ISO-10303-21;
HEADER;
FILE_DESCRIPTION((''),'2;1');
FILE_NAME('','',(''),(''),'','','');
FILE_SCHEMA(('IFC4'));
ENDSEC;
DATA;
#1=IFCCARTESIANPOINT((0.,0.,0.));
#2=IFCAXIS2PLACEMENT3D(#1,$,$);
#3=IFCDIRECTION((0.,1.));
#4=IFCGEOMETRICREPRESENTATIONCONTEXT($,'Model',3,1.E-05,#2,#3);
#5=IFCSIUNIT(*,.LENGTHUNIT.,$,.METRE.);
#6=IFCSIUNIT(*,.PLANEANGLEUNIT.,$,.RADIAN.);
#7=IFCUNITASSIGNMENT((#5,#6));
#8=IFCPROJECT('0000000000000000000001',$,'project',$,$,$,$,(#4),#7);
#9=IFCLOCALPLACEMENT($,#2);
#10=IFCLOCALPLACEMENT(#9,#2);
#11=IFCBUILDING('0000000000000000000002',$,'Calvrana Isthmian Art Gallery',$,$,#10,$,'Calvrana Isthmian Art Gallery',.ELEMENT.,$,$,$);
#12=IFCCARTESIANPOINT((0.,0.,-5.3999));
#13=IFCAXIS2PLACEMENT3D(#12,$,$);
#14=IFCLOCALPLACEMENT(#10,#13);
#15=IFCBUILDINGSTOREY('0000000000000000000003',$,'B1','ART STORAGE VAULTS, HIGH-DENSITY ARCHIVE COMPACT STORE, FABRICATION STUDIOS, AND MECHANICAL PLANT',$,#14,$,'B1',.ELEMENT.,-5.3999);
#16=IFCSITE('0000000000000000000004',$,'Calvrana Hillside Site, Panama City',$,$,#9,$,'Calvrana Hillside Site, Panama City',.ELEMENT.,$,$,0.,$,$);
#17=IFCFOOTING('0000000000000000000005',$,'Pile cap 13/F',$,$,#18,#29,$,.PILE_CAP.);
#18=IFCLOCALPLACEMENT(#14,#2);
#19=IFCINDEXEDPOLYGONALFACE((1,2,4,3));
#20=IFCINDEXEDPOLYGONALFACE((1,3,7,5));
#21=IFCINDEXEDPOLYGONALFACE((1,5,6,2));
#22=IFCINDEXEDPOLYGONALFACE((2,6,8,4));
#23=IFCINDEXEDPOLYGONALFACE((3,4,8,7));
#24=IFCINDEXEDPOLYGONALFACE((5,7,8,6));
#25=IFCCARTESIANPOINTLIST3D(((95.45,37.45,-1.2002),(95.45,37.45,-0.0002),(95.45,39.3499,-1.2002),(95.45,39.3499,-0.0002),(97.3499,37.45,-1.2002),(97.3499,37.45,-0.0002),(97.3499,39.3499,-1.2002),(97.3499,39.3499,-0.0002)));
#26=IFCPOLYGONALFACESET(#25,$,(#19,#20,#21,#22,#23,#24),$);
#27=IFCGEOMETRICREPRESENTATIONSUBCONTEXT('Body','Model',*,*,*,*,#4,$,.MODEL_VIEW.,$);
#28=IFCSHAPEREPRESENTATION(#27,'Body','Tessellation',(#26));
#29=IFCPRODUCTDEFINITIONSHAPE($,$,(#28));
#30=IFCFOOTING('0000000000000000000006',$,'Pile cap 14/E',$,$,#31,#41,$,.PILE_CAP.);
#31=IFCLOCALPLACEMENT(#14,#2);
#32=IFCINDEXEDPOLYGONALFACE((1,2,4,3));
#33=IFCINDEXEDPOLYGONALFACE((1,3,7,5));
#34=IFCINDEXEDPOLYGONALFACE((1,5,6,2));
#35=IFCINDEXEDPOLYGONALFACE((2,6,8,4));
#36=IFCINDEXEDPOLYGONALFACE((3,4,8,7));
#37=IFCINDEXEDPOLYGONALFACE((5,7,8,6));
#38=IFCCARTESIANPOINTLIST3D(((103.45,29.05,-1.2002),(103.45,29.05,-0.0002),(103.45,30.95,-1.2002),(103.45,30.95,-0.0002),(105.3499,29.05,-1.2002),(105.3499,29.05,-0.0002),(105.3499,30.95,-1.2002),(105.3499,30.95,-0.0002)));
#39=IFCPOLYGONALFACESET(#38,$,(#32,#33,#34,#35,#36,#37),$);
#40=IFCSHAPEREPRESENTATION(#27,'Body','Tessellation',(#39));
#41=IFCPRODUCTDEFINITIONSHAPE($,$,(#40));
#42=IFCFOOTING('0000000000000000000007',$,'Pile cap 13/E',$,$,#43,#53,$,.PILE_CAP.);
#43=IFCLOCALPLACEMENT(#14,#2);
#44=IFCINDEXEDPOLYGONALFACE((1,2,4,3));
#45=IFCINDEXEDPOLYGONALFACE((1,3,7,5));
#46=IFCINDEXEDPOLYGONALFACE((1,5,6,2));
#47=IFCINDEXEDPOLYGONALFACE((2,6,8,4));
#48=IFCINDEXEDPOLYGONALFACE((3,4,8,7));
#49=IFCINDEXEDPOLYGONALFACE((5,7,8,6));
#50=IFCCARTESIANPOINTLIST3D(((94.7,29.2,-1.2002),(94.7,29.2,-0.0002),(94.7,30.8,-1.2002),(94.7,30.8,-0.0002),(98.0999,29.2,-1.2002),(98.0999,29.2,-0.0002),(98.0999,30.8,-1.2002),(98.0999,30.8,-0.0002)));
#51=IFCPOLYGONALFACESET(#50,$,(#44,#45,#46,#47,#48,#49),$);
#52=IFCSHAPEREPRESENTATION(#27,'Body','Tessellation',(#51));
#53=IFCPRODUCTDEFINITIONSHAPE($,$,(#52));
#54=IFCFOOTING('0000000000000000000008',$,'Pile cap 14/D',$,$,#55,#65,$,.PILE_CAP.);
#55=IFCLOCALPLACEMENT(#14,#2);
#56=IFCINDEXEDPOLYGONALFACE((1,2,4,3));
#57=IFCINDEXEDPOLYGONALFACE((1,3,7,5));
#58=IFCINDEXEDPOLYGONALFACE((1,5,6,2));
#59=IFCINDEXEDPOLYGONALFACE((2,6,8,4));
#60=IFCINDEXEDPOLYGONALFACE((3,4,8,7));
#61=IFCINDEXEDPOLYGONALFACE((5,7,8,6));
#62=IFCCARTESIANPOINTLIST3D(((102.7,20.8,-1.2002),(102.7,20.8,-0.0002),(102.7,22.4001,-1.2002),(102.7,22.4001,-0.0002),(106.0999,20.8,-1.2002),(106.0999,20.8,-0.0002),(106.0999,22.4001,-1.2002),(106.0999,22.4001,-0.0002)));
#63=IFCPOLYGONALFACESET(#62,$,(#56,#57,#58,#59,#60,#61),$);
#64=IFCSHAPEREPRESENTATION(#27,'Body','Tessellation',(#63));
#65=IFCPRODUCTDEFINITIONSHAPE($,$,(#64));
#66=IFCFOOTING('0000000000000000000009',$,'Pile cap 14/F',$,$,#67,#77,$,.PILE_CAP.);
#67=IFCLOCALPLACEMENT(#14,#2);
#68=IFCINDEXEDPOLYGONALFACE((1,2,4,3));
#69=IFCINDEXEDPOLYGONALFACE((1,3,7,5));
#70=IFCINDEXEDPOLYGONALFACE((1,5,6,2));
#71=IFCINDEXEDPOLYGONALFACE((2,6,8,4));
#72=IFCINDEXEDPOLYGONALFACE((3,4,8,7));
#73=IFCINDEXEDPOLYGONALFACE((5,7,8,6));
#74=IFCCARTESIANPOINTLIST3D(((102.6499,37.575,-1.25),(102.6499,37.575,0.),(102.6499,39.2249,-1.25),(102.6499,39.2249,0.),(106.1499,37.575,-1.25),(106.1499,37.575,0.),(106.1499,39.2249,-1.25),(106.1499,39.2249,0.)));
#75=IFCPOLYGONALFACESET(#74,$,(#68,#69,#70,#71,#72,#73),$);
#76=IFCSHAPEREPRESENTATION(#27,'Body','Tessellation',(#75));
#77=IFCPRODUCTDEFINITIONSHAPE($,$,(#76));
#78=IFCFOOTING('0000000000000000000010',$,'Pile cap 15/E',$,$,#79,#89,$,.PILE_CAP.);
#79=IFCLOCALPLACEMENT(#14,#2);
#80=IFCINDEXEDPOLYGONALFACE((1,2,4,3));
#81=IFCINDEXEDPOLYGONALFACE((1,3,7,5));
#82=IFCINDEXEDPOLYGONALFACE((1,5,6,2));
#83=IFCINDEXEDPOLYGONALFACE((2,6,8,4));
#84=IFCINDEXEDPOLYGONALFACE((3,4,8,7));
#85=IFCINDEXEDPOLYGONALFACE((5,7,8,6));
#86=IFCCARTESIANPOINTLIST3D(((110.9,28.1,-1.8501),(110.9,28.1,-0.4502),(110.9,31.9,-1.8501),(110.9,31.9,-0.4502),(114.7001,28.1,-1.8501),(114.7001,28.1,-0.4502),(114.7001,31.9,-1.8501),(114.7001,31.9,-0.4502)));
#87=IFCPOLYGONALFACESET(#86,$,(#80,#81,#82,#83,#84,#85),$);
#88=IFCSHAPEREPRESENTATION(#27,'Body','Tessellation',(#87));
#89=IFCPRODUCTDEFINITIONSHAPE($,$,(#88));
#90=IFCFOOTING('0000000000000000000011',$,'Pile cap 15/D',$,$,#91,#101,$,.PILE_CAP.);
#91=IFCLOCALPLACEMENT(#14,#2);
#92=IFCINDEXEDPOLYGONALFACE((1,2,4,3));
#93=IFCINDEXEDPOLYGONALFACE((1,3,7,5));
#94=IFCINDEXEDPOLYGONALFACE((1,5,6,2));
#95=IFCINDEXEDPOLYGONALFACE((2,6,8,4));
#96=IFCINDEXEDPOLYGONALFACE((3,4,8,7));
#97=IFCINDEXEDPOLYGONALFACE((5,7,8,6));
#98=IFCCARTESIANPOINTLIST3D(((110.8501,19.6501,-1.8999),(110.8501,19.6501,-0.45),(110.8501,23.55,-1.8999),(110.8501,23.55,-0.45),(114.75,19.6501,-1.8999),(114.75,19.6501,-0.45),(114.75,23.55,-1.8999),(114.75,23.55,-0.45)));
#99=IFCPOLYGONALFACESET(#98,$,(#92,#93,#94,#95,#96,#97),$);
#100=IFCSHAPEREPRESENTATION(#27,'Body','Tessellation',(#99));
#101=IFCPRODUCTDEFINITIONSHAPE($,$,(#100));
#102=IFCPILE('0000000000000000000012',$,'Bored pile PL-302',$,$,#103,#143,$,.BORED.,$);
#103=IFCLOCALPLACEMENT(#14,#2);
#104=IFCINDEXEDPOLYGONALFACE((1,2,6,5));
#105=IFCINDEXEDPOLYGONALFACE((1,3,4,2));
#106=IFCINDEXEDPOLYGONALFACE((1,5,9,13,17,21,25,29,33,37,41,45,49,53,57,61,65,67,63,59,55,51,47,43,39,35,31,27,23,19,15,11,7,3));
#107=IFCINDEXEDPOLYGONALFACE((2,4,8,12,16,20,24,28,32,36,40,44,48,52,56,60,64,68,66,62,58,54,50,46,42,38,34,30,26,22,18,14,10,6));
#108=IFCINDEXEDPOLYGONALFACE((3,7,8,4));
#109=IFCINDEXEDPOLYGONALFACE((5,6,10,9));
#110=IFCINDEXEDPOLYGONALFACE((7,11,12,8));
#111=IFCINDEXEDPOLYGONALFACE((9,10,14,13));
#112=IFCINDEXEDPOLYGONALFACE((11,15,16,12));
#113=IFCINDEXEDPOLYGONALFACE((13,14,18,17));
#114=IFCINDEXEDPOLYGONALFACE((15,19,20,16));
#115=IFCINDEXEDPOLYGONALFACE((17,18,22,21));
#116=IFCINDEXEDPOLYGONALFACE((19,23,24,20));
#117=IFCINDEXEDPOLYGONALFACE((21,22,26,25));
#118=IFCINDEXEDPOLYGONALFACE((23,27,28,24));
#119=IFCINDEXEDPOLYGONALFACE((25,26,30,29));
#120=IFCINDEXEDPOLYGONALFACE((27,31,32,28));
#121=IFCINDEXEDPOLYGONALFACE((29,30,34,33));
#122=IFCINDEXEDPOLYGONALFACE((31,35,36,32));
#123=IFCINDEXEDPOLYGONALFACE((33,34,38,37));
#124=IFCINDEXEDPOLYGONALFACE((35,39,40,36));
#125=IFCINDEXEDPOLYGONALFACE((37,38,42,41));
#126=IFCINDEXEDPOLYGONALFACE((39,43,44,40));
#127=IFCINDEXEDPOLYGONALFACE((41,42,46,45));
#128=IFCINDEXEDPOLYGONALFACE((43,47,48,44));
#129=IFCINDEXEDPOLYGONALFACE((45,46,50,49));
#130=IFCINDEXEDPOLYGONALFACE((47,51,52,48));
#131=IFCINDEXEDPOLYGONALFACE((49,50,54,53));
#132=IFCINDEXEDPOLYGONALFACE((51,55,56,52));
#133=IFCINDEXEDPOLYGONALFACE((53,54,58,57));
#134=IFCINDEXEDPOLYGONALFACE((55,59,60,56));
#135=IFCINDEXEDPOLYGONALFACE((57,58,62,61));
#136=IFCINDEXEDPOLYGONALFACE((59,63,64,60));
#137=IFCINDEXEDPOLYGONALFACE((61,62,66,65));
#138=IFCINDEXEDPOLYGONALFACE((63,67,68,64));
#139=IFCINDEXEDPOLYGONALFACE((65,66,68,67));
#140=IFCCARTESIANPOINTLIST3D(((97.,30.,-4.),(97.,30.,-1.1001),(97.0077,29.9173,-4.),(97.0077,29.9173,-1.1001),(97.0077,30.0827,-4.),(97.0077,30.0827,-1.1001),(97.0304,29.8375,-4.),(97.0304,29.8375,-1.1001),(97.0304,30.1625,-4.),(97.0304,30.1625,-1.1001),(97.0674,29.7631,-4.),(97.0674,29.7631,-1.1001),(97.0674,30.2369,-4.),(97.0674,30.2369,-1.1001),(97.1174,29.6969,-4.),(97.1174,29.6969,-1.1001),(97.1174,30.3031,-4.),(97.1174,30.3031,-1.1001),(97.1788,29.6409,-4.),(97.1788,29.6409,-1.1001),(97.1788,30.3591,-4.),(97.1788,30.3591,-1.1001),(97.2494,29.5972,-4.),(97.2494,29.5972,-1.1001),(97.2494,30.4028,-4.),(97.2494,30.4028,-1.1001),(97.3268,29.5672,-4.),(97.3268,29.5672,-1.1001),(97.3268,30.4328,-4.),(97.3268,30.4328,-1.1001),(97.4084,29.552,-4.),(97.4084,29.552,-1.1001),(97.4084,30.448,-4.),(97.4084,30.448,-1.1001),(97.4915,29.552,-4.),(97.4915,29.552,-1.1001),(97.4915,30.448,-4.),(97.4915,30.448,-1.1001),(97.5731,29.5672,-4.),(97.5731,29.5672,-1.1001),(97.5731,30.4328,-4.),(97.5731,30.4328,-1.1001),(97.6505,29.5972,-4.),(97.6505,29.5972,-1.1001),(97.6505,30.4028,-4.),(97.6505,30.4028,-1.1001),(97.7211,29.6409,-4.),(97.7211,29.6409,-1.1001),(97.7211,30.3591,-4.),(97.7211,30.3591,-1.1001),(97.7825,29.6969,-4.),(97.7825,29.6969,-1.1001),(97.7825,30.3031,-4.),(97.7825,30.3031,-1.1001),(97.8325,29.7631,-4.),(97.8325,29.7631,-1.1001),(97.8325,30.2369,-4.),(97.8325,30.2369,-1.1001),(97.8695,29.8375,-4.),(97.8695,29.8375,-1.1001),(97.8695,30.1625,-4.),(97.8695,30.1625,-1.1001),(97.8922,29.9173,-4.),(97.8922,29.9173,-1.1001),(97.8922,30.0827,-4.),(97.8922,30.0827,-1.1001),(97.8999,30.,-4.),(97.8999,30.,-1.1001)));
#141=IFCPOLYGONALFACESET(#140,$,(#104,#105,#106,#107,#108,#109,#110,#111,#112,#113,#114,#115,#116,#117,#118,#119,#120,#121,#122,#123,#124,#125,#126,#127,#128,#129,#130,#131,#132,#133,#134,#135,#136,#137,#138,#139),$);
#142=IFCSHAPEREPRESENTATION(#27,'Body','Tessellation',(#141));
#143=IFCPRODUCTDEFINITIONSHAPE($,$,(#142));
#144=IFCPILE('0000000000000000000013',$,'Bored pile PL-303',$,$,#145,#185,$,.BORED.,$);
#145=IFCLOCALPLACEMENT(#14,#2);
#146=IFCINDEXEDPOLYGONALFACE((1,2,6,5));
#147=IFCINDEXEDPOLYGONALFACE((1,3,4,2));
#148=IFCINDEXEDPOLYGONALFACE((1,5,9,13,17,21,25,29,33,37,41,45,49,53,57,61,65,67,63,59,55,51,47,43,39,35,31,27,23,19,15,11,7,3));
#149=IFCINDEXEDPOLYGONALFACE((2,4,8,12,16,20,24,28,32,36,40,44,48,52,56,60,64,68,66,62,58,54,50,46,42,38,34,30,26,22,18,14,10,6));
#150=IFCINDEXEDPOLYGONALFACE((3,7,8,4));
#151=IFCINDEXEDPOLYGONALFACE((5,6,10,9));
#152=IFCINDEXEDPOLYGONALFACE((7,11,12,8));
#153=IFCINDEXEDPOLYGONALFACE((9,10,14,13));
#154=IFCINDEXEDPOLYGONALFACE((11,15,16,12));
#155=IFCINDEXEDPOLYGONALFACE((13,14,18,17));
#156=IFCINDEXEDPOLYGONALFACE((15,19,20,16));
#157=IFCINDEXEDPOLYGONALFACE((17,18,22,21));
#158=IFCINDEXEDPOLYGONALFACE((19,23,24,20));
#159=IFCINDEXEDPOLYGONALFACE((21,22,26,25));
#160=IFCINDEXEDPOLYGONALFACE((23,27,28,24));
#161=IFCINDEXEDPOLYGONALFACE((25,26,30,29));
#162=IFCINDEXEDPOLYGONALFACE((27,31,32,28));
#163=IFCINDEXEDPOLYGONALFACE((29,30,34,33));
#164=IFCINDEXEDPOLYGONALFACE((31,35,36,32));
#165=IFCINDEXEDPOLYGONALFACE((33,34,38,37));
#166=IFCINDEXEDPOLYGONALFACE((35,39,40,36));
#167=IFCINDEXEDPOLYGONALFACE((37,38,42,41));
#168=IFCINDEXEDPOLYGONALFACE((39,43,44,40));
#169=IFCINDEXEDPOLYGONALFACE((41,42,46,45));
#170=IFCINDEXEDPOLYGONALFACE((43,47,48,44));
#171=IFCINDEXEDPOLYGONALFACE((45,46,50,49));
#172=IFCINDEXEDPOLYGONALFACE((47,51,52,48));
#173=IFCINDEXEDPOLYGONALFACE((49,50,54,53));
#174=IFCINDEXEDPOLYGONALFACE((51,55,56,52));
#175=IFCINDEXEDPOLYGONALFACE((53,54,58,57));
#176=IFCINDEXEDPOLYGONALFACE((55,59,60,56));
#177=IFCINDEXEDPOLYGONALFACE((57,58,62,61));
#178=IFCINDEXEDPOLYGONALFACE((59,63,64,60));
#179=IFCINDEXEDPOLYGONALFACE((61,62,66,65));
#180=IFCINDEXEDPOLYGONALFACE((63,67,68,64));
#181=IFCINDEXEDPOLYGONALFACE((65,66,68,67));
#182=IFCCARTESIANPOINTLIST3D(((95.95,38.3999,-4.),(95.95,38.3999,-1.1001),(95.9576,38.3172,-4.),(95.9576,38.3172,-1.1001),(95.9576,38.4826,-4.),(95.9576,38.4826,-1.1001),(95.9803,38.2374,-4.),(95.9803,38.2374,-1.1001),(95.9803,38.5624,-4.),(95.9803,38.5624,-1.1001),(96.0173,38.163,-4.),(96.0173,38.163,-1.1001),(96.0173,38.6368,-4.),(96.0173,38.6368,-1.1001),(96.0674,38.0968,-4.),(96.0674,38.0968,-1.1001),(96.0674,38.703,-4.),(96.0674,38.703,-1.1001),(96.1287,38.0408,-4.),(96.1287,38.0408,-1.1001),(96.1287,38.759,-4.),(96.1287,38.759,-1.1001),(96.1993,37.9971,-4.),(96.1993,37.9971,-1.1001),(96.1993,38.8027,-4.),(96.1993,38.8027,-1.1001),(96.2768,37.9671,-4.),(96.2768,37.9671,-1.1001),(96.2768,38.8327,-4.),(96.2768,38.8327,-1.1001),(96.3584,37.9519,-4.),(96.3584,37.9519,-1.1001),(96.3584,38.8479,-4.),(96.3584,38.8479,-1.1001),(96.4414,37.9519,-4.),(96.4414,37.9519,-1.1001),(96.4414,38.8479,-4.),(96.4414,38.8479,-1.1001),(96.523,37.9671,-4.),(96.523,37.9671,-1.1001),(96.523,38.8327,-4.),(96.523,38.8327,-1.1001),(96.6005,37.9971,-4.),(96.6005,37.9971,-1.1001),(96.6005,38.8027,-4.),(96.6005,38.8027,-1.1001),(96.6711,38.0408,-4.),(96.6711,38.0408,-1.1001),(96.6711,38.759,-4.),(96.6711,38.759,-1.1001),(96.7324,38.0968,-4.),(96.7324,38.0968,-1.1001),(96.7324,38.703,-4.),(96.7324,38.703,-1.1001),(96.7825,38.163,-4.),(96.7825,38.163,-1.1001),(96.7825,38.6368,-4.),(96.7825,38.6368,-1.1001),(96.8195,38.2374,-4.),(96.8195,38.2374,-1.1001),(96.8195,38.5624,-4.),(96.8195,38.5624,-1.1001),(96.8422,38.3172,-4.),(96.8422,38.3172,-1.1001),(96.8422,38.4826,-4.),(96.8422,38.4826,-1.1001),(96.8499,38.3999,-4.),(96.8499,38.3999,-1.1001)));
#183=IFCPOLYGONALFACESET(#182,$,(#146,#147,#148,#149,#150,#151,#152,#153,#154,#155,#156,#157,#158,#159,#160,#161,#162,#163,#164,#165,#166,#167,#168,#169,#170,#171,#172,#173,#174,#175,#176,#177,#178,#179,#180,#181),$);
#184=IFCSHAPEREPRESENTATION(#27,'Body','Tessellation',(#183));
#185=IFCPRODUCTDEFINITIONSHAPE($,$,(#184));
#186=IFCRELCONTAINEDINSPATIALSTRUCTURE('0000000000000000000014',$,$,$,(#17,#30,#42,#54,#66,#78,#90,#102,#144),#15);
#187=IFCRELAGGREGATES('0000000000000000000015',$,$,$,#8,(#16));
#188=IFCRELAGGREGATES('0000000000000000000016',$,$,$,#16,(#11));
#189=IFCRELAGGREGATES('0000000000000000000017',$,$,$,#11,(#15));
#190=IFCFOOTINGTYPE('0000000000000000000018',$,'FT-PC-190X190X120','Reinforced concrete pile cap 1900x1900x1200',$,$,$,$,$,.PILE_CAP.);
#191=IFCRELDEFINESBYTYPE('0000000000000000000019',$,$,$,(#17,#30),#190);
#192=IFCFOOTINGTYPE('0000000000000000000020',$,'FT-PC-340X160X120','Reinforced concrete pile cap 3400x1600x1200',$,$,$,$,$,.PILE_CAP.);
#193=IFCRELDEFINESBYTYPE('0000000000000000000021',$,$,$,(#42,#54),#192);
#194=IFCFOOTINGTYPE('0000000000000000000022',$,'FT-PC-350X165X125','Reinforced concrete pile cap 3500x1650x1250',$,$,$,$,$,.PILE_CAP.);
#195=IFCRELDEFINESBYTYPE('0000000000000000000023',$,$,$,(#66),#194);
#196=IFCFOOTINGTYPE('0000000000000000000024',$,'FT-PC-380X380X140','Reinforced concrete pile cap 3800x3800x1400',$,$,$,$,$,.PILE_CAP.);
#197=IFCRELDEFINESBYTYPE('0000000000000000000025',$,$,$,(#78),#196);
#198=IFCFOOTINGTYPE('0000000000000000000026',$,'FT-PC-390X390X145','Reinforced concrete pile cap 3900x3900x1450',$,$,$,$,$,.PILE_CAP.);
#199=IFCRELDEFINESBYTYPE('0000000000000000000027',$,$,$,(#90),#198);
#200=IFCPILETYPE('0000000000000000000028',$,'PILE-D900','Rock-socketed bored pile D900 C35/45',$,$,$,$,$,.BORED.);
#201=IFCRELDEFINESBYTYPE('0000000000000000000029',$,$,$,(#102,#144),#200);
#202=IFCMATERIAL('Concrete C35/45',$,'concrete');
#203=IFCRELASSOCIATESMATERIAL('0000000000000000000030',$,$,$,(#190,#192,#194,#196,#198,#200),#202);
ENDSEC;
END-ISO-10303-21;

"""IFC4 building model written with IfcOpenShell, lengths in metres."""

from ifc_helpers import new_model, si_unit, direction, frame, origin, origin_2d, place, context, subcontext, project, spatial, rectangle, circle, extrude, material, material_profile, profile_set, type_object, element, save


model = new_model("IFC4")

# Units and contexts
model_context = context("Model", 3, precision=1e-05, world=origin(), true_north=direction((0.0, 1.0)))
body_context = subcontext(model_context, "Body", "Model", "MODEL_VIEW")
ifc_project = project(units=[si_unit("LENGTHUNIT", "METRE"), si_unit("PLANEANGLEUNIT", "RADIAN")], contexts=[model_context])

# Site, building, storey
site_placement = place(None, origin())
site = spatial("IfcSite", under=ifc_project, at=site_placement, Name="Calvrana Hillside Site, Panama City", LongName="Calvrana Hillside Site, Panama City", CompositionType="ELEMENT", RefElevation=0.0)
building_placement = place(site_placement, origin())
building = spatial("IfcBuilding", under=site, at=building_placement, Name="Calvrana Isthmian Art Gallery", LongName="Calvrana Isthmian Art Gallery", CompositionType="ELEMENT")
storey_placement = place(building_placement, frame((0.0, 0.0, -5.3999)))
storey = spatial("IfcBuildingStorey", under=building, at=storey_placement, Name="B1", Description="ART STORAGE VAULTS, HIGH-DENSITY ARCHIVE COMPACT STORE, FABRICATION STUDIOS, AND MECHANICAL PLANT", LongName="B1", CompositionType="ELEMENT", Elevation=-5.3999)

# Footings
ifc_material_1 = material(Name="Concrete C35/45", Category="concrete")
footing_type_1 = type_object("IfcFootingType", Name="FT-PC-190X190X120", Description="Reinforced concrete pile cap 1900x1900x1200", PredefinedType="PILE_CAP", material=ifc_material_1)
for number, where, z_axis, x_axis, name in (
    (1, (96.3999, 38.3999, -1.2002), (0.0, 0.0, 1.0), (1.0, 0.0, 0.0), "Pile cap 13/F"),
    (2, (104.3999, 30.0, -1.2002), (0.0, 0.0, 1.0), (1.0, 0.0, 0.0), "Pile cap 14/E"),
):
    element("IfcFooting", number, at=place(storey_placement, frame(where, z_axis=z_axis, x_axis=x_axis)), inside=storey, type_object=footing_type_1, Name=name, PredefinedType="PILE_CAP", context=body_context, shape_type="SweptSolid", body=[
        extrude(rectangle(XDim=1.8999, YDim=1.8999, at=origin_2d()), origin(), (0.0, 0.0, 1.0), 1.2),
    ])
footing_type_2 = type_object("IfcFootingType", Name="FT-PC-340X160X120", Description="Reinforced concrete pile cap 3400x1600x1200", PredefinedType="PILE_CAP", material=ifc_material_1)
for number, where, z_axis, x_axis, name in (
    (3, (96.3999, 30.0, -1.2002), (0.0, 0.0, 1.0), (1.0, 0.0, 0.0), "Pile cap 13/E"),
    (4, (104.3999, 21.6001, -1.2002), (0.0, 0.0, 1.0), (1.0, 0.0, 0.0), "Pile cap 14/D"),
):
    element("IfcFooting", number, at=place(storey_placement, frame(where, z_axis=z_axis, x_axis=x_axis)), inside=storey, type_object=footing_type_2, Name=name, PredefinedType="PILE_CAP", context=body_context, shape_type="SweptSolid", body=[
        extrude(rectangle(XDim=3.3999, YDim=1.6001, at=origin_2d()), origin(), (0.0, 0.0, 1.0), 1.2),
    ])
footing_type_3 = type_object("IfcFootingType", Name="FT-PC-350X165X125", Description="Reinforced concrete pile cap 3500x1650x1250", PredefinedType="PILE_CAP", material=ifc_material_1)
footing_1_placement = place(storey_placement, frame((104.3999, 38.3999, -1.25), z_axis=(0.0, 0.0, 1.0), x_axis=(1.0, 0.0, 0.0)))
element("IfcFooting", 5, at=footing_1_placement, inside=storey, type_object=footing_type_3, Name="Pile cap 14/F", PredefinedType="PILE_CAP", context=body_context, shape_type="SweptSolid", body=[
    extrude(rectangle(XDim=3.5, YDim=1.6499, at=origin_2d()), origin(), (0.0, 0.0, 1.0), 1.25),
])
footing_type_4 = type_object("IfcFootingType", Name="FT-PC-380X380X140", Description="Reinforced concrete pile cap 3800x3800x1400", PredefinedType="PILE_CAP", material=ifc_material_1)
footing_2_placement = place(storey_placement, frame((112.8, 30.0, -1.8501), z_axis=(0.0, 0.0, 1.0), x_axis=(1.0, 0.0, 0.0)))
element("IfcFooting", 6, at=footing_2_placement, inside=storey, type_object=footing_type_4, Name="Pile cap 15/E", PredefinedType="PILE_CAP", context=body_context, shape_type="SweptSolid", body=[
    extrude(rectangle(XDim=3.8, YDim=3.8, at=origin_2d()), origin(), (0.0, 0.0, 1.0), 1.3999),
])
footing_type_5 = type_object("IfcFootingType", Name="FT-PC-390X390X145", Description="Reinforced concrete pile cap 3900x3900x1450", PredefinedType="PILE_CAP", material=ifc_material_1)
footing_3_placement = place(storey_placement, frame((112.8, 21.6001, -1.8999), z_axis=(0.0, 0.0, 1.0), x_axis=(1.0, 0.0, 0.0)))
element("IfcFooting", 7, at=footing_3_placement, inside=storey, type_object=footing_type_5, Name="Pile cap 15/D", PredefinedType="PILE_CAP", context=body_context, shape_type="SweptSolid", body=[
    extrude(rectangle(XDim=3.8999, YDim=3.8999, at=origin_2d()), origin(), (0.0, 0.0, 1.0), 1.45),
])

# Piles
ifc_material_profile_1 = material_profile(ifc_material_1, circle(Radius=0.45, at=origin_2d()), Name="PILE900D")
ifc_profile_set_1 = profile_set([ifc_material_profile_1], Name="Concrete C35/45")
pile_type = type_object("IfcPileType", Name="PILE-D900", Description="Rock-socketed bored pile D900 C35/45", PredefinedType="BORED", material=ifc_profile_set_1)
for number, where, z_axis, x_axis, name in (
    (8, (97.45, 30.0, -1.1001), (0.0, 0.0, -1.0), (1.0, 0.0, 0.0), "Bored pile PL-302"),
    (9, (96.3999, 38.3999, -1.1001), (0.0, 0.0, -1.0), (1.0, 0.0, 0.0), "Bored pile PL-303"),
):
    element("IfcPile", number, at=place(storey_placement, frame(where, z_axis=z_axis, x_axis=x_axis)), inside=storey, type_object=pile_type, Name=name, PredefinedType="BORED", context=body_context, shape_type="SweptSolid", body=[
        extrude(circle(Radius=0.45, at=origin_2d()), origin(), (0.0, 0.0, 1.0), 2.8999),
    ])

save(model, "model.ifc")
